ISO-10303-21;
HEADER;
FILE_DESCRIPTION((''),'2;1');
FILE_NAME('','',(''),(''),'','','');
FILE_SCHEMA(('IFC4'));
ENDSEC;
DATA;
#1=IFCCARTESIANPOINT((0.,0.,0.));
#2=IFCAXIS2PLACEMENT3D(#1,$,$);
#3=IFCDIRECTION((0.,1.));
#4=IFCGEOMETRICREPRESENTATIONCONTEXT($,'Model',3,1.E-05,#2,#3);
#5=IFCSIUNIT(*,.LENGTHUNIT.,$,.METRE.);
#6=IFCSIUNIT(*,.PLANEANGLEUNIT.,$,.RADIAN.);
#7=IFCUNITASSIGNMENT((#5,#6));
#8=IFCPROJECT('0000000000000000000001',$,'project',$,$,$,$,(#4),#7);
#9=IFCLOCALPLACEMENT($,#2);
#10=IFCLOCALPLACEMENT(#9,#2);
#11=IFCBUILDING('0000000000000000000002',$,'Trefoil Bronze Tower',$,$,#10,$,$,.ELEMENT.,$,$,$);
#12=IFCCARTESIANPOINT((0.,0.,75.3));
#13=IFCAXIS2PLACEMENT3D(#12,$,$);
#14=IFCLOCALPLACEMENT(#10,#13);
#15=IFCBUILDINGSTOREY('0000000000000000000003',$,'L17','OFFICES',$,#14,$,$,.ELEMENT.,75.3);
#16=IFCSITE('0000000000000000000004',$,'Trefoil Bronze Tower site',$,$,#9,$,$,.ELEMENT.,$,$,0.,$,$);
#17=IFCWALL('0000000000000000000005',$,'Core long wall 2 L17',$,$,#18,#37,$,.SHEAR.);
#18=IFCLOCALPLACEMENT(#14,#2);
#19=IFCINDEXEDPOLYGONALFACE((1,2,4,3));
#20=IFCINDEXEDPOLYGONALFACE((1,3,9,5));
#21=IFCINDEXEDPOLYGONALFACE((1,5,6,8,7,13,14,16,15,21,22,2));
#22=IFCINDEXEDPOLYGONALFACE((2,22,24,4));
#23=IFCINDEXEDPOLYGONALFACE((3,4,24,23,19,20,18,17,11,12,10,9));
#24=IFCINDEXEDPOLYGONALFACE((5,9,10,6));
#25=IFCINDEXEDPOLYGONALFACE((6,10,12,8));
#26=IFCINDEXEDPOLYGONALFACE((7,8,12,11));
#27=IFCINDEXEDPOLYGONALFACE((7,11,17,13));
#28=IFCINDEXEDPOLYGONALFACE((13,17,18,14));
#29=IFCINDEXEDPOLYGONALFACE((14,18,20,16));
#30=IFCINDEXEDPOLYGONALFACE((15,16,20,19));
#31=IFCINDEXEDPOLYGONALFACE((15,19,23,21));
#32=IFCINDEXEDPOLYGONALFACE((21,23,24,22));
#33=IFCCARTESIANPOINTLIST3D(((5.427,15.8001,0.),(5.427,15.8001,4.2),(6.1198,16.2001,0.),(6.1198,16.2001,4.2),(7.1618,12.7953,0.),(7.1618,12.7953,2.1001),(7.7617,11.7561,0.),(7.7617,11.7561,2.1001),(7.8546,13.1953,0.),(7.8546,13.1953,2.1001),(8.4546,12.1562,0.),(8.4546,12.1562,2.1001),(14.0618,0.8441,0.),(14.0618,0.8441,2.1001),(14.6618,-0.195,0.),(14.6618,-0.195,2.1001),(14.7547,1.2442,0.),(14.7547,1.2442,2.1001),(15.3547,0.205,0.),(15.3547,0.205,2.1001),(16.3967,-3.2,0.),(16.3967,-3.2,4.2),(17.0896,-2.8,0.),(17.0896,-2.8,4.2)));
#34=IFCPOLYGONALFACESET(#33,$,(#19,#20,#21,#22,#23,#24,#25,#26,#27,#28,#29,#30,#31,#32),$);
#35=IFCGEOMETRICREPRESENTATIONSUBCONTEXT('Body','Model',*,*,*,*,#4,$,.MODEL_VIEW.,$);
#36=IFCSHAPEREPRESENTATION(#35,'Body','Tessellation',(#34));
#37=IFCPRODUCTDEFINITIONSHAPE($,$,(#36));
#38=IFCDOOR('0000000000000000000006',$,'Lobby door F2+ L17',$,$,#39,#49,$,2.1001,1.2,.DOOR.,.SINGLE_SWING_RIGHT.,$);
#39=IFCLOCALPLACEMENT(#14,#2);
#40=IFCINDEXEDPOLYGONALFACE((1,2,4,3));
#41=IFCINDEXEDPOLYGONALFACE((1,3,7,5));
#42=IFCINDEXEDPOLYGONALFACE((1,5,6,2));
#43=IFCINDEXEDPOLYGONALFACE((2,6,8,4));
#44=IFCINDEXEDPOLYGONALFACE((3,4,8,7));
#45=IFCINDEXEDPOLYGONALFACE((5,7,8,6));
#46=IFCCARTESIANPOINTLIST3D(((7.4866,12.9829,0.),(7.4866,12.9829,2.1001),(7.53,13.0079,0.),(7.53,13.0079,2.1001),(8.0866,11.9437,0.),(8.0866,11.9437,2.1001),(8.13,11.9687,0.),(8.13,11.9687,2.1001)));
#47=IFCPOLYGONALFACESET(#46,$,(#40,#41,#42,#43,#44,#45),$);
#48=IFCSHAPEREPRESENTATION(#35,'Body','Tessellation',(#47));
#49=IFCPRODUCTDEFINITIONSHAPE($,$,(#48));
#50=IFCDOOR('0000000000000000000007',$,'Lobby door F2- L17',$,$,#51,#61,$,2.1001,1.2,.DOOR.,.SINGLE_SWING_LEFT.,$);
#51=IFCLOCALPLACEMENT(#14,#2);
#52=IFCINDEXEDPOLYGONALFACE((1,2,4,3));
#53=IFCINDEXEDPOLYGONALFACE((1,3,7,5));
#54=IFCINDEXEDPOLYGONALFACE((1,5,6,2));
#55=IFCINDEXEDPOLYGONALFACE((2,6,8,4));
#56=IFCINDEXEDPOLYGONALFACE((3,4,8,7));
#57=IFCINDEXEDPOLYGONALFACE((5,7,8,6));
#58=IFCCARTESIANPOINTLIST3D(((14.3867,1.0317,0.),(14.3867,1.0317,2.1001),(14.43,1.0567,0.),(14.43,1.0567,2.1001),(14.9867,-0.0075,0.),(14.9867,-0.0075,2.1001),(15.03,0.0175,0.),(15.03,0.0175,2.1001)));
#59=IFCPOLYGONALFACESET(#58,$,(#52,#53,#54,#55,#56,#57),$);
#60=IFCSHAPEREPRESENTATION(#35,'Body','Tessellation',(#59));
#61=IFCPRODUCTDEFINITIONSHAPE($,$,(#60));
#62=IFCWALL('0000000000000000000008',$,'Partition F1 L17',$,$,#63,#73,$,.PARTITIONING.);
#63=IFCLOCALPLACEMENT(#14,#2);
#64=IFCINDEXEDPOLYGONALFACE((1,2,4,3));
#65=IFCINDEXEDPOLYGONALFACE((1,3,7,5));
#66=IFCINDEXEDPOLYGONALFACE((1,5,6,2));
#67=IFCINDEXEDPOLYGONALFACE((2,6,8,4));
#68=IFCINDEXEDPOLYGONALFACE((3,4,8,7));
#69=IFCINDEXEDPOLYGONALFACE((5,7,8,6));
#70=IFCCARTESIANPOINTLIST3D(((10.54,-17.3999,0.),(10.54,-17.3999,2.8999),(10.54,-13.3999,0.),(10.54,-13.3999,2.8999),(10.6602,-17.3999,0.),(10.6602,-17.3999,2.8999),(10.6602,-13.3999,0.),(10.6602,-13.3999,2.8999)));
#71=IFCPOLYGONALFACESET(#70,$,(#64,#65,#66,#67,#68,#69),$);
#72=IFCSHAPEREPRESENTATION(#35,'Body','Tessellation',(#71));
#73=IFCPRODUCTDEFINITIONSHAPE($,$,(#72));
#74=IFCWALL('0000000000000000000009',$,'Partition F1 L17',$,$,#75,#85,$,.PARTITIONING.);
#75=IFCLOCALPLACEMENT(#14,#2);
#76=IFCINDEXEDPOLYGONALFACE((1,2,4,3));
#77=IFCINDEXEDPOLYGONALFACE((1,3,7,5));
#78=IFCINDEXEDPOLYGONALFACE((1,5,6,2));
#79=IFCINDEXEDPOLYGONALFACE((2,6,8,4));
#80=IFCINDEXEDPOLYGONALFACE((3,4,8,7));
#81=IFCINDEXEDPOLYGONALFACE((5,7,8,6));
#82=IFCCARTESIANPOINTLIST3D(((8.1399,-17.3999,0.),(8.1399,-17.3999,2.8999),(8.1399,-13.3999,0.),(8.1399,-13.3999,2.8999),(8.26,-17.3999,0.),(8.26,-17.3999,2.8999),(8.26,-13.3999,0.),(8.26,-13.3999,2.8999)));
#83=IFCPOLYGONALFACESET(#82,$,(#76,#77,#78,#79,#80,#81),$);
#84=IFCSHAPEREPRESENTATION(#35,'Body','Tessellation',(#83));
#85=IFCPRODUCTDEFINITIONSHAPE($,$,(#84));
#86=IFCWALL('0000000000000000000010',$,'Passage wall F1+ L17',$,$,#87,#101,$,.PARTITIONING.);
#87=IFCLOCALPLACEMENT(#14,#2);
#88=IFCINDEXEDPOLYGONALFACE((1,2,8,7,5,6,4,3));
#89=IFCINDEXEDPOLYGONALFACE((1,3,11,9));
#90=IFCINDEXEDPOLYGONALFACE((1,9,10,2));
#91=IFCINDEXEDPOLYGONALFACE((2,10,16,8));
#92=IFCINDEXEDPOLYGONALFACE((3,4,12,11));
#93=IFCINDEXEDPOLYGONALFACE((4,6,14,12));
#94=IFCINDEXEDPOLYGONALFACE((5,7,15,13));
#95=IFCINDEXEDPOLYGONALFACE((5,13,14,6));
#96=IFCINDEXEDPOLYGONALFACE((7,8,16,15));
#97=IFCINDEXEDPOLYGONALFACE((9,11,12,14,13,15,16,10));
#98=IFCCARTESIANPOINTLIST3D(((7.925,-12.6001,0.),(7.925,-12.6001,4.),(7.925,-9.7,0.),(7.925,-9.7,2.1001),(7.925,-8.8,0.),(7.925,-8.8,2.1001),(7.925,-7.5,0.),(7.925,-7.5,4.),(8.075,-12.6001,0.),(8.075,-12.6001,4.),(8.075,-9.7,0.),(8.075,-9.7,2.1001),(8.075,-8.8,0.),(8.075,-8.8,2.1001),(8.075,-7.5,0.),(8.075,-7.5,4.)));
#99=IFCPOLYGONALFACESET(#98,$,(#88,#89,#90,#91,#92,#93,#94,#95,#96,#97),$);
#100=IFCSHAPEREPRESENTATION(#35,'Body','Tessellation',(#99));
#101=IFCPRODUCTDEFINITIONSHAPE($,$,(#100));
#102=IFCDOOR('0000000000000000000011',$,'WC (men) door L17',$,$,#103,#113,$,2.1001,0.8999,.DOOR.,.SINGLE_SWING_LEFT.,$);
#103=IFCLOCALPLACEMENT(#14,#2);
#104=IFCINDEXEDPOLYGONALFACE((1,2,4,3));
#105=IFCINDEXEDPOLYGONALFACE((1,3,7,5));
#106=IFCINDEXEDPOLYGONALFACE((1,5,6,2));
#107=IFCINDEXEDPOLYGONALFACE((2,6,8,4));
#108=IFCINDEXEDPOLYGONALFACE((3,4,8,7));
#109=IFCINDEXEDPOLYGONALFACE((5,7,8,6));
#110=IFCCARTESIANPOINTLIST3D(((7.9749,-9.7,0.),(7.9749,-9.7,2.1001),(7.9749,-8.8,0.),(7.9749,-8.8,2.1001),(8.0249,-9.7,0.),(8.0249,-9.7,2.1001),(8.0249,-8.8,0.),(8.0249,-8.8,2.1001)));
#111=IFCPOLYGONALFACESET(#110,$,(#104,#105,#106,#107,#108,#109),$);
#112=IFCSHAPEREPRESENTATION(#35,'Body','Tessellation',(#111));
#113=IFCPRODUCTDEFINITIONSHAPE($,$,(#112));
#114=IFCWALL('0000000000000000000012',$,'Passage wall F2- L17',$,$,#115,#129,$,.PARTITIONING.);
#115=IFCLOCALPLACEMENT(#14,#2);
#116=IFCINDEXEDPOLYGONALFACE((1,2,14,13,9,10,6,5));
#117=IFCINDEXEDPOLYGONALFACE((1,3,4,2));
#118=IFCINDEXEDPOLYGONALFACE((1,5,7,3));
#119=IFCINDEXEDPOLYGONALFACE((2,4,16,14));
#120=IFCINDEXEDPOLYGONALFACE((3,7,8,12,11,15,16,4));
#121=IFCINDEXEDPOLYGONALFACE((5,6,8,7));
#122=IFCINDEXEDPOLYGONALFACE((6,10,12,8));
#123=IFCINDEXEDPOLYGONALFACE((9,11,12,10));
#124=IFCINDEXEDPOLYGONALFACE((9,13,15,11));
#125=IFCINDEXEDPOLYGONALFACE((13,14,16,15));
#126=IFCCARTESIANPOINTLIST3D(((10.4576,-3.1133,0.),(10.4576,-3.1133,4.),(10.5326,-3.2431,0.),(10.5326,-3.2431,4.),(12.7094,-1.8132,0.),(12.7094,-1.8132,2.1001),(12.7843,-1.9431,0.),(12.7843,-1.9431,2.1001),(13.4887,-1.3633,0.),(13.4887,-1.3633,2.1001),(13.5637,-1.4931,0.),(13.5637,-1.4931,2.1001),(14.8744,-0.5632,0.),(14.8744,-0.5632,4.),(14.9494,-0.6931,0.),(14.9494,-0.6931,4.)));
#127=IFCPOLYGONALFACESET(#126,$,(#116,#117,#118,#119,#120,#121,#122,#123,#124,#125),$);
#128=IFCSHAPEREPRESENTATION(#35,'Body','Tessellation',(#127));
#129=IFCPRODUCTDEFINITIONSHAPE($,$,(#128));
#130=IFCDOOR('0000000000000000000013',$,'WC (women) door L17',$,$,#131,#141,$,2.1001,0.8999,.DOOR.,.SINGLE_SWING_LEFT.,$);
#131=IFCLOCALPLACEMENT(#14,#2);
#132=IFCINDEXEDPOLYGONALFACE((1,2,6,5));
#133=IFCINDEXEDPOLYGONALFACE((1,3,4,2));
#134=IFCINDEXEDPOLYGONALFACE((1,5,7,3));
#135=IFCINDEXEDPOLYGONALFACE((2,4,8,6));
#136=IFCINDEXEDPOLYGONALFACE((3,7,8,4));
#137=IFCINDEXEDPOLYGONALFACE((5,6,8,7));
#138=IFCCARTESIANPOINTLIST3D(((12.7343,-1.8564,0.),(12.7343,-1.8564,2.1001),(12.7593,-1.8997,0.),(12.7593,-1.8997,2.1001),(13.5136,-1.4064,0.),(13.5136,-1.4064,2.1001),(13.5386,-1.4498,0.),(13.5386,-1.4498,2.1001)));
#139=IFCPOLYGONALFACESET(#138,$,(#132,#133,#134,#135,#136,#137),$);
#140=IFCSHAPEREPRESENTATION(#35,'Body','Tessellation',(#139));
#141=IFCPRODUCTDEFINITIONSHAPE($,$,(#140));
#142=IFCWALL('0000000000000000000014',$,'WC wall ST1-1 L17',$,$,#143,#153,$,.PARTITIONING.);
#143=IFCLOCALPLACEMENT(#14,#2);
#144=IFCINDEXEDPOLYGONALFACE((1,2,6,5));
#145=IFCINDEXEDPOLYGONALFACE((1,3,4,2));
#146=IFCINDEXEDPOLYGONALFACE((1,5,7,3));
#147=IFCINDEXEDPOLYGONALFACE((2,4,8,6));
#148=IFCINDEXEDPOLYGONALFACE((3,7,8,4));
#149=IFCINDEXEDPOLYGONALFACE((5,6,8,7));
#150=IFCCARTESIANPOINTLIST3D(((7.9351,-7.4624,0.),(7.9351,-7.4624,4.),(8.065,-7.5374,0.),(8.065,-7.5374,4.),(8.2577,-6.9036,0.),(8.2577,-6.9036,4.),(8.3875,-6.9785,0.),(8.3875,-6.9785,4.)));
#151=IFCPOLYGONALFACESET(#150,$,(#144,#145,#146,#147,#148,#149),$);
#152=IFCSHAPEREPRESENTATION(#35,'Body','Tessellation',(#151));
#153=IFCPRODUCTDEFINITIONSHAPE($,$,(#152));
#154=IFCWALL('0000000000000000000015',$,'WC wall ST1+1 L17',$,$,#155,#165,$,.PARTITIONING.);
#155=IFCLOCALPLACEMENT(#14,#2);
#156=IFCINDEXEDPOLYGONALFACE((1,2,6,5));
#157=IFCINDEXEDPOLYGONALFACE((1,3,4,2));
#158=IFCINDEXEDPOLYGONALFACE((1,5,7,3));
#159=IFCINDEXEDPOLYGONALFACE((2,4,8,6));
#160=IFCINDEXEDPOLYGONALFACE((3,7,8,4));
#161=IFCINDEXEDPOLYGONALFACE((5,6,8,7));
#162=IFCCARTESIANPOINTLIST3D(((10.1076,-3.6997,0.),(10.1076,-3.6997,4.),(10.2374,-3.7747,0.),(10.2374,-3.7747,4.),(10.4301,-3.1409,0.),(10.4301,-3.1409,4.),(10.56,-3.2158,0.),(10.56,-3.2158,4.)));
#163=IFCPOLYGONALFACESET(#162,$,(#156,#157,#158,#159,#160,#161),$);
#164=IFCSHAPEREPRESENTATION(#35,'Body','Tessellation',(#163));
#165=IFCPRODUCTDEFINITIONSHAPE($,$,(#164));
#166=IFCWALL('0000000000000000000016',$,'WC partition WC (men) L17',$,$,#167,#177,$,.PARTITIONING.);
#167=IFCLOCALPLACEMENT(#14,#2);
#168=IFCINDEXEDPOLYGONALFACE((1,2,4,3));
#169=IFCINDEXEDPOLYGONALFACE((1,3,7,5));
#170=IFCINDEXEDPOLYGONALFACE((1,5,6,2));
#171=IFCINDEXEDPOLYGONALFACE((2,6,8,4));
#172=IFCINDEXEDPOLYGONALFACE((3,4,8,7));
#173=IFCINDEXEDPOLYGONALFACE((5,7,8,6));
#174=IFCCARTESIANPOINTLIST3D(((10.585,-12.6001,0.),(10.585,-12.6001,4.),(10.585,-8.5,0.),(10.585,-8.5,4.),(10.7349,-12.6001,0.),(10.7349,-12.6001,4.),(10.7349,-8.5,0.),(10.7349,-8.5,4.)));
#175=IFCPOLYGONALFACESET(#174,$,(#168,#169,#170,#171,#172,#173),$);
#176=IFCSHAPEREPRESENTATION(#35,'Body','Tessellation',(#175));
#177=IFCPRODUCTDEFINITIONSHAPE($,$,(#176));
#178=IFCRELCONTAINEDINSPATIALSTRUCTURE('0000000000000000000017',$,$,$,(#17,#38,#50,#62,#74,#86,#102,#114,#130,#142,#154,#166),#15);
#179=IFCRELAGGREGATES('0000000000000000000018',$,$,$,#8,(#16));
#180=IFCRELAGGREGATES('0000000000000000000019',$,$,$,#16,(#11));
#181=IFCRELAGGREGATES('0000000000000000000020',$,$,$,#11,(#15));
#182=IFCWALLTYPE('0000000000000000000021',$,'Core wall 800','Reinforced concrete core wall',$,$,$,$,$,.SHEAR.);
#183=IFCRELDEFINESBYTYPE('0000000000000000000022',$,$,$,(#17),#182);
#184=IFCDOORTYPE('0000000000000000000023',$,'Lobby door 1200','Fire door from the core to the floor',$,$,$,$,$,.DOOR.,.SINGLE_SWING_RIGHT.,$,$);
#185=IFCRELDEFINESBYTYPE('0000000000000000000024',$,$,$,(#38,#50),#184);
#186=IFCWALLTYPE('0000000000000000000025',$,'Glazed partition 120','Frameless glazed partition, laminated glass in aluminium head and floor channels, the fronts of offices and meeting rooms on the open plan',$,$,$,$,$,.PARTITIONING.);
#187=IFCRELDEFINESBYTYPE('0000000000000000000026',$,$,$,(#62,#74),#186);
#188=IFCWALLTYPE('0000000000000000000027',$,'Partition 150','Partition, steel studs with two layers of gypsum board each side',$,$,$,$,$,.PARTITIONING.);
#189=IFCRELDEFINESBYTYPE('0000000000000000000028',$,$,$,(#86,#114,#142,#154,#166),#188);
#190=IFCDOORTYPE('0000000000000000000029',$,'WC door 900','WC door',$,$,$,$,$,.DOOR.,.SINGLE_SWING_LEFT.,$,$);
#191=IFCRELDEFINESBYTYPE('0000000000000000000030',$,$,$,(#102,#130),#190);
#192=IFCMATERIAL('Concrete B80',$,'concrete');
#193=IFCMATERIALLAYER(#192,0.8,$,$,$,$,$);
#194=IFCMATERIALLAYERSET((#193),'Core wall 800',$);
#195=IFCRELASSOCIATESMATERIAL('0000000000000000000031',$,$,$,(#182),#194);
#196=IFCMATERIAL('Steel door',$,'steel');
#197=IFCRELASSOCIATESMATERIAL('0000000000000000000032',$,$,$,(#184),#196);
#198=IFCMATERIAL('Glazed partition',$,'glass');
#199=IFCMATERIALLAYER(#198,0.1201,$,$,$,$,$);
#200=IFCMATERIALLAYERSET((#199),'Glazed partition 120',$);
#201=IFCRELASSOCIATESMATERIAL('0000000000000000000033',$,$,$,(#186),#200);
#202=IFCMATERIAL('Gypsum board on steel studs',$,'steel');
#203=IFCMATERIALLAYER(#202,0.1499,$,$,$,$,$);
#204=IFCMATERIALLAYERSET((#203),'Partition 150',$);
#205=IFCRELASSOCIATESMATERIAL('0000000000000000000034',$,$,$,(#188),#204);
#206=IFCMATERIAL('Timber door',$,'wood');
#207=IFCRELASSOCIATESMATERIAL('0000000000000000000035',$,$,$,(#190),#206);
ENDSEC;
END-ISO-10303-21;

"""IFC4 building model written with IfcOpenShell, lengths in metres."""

from ifc_helpers import new_model, si_unit, direction, frame, frame_2d, origin, place, context, subcontext, project, spatial, rectangle, extrude, material, layer, layer_set, type_object, element, fill, save


model = new_model("IFC4")

# Units and contexts
model_context = context("Model", 3, precision=1e-05, world=origin(), true_north=direction((0.0, 1.0)))
body_context = subcontext(model_context, "Body", "Model", "MODEL_VIEW")
ifc_project = project(units=[si_unit("LENGTHUNIT", "METRE"), si_unit("PLANEANGLEUNIT", "RADIAN")], contexts=[model_context])

# Site, building, storey
site_placement = place(None, origin())
site = spatial("IfcSite", under=ifc_project, at=site_placement, Name="Trefoil Bronze Tower site", CompositionType="ELEMENT", RefElevation=0.0)
building_placement = place(site_placement, origin())
building = spatial("IfcBuilding", under=site, at=building_placement, Name="Trefoil Bronze Tower", CompositionType="ELEMENT")
storey_placement = place(building_placement, frame((0.0, 0.0, 75.3)))
storey = spatial("IfcBuildingStorey", under=building, at=storey_placement, Name="L17", Description="OFFICES", CompositionType="ELEMENT", Elevation=75.3)

# Shared definitions
ifc_material_1 = material(Name="Concrete B80", Category="concrete")
ifc_layer_1 = layer(ifc_material_1, 0.8)
ifc_layer_set_1 = layer_set([ifc_layer_1], Name="Core wall 800")
wall_type_1 = type_object("IfcWallType", Name="Core wall 800", Description="Reinforced concrete core wall", PredefinedType="SHEAR", material=ifc_layer_set_1)

# Wall, openings, doors
wall_1_placement = place(storey_placement, frame((16.7432, -3.0, 0.0), z_axis=(0.0, 0.0, 1.0), x_axis=(-0.500002, 0.866024, 0.0)))
wall_1 = element("IfcWall", 1, at=wall_1_placement, inside=storey, type_object=wall_type_1, Name="Core long wall 2 L17", PredefinedType="SHEAR", context=body_context, shape_type="SweptSolid", body=[
    extrude(rectangle(XDim=21.9395, YDim=0.8, at=frame_2d((10.9697, 0.0))), origin(), (0.0, 0.0, 1.0), 4.2),
])
opening_1_placement = place(wall_1_placement, frame((17.2698, 0.0, 0.0)))
opening_1 = element("IfcOpeningElement", 2, at=opening_1_placement, cuts=wall_1, PredefinedType="OPENING", context=body_context, shape_type="SweptSolid", body=[
    extrude(rectangle(XDim=1.2, YDim=2.1001, at=frame_2d((0.6001, 1.05))), frame((0.0, 0.4099, 0.0), z_axis=(0.0, -1.0, 0.0), x_axis=(1.0, 0.0, 0.0)), (0.0, 0.0, 1.0), 0.8201),
])
opening_2_placement = place(wall_1_placement, frame((3.4697, 0.0, 0.0)))
opening_2 = element("IfcOpeningElement", 3, at=opening_2_placement, cuts=wall_1, PredefinedType="OPENING", context=body_context, shape_type="SweptSolid", body=[
    extrude(rectangle(XDim=1.2, YDim=2.1001, at=frame_2d((0.6001, 1.05))), frame((0.0, 0.4099, 0.0), z_axis=(0.0, -1.0, 0.0), x_axis=(1.0, 0.0, 0.0)), (0.0, 0.0, 1.0), 0.8201),
])
ifc_material_2 = material(Name="Steel door", Category="steel")
door_type_1 = type_object("IfcDoorType", Name="Lobby door 1200", Description="Fire door from the core to the floor", OperationType="SINGLE_SWING_RIGHT", PredefinedType="DOOR", material=ifc_material_2)
door_1_placement = place(opening_1_placement, origin())
door_1 = element("IfcDoor", 4, at=door_1_placement, inside=storey, type_object=door_type_1, Name="Lobby door F2+ L17", OperationType="SINGLE_SWING_RIGHT", OverallHeight=2.1001, OverallWidth=1.2, PredefinedType="DOOR", context=body_context, shape_type="SweptSolid", body=[
    extrude(rectangle(XDim=1.2, YDim=2.1001, at=frame_2d((0.6001, 1.05))), frame((0.0, 0.0249, 0.0), z_axis=(0.0, -1.0, 0.0), x_axis=(1.0, 0.0, 0.0)), (0.0, 0.0, 1.0), 0.05),
])
fill(opening_1, door_1)
door_2_placement = place(opening_2_placement, origin())
door_2 = element("IfcDoor", 5, at=door_2_placement, inside=storey, type_object=door_type_1, Name="Lobby door F2- L17", OperationType="SINGLE_SWING_LEFT", OverallHeight=2.1001, OverallWidth=1.2, PredefinedType="DOOR", context=body_context, shape_type="SweptSolid", body=[
    extrude(rectangle(XDim=1.2, YDim=2.1001, at=frame_2d((0.6001, 1.05))), frame((0.0, 0.0249, 0.0), z_axis=(0.0, -1.0, 0.0), x_axis=(1.0, 0.0, 0.0)), (0.0, 0.0, 1.0), 0.05),
])
fill(opening_2, door_2)

# Walls
ifc_material_3 = material(Name="Glazed partition", Category="glass")
ifc_layer_2 = layer(ifc_material_3, 0.1201)
ifc_layer_set_2 = layer_set([ifc_layer_2], Name="Glazed partition 120")
wall_type_2 = type_object("IfcWallType", Name="Glazed partition 120", Description="Frameless glazed partition, laminated glass in aluminium head and floor channels, the fronts of offices and meeting rooms on the open plan", PredefinedType="PARTITIONING", material=ifc_layer_set_2)
for number, where, z_axis, x_axis, name in (
    (6, (10.6001, -13.3999, 0.0), (0.0, 0.0, 1.0), (0.0, -1.0, 0.0), "Partition F1 L17"),
    (7, (8.2, -13.3999, 0.0), (0.0, 0.0, 1.0), (0.0, -1.0, 0.0), "Partition F1 L17"),
):
    element("IfcWall", number, at=place(storey_placement, frame(where, z_axis=z_axis, x_axis=x_axis)), inside=storey, type_object=wall_type_2, Name=name, PredefinedType="PARTITIONING", context=body_context, shape_type="SweptSolid", body=[
        extrude(rectangle(XDim=4.0, YDim=0.1201, at=frame_2d((2.0, 0.0))), origin(), (0.0, 0.0, 1.0), 2.8999),
    ])

# Walls, openings, doors
ifc_material_4 = material(Name="Gypsum board on steel studs", Category="steel")
ifc_layer_3 = layer(ifc_material_4, 0.1499)
ifc_layer_set_3 = layer_set([ifc_layer_3], Name="Partition 150")
wall_type_3 = type_object("IfcWallType", Name="Partition 150", Description="Partition, steel studs with two layers of gypsum board each side", PredefinedType="PARTITIONING", material=ifc_layer_set_3)
wall_2_placement = place(storey_placement, frame((8.0, -7.5, 0.0), z_axis=(0.0, 0.0, 1.0), x_axis=(0.0, -1.0, 0.0)))
wall_2 = element("IfcWall", 8, at=wall_2_placement, inside=storey, type_object=wall_type_3, Name="Passage wall F1+ L17", PredefinedType="PARTITIONING", context=body_context, shape_type="SweptSolid", body=[
    extrude(rectangle(XDim=5.1001, YDim=0.1499, at=frame_2d((2.55, 0.0))), origin(), (0.0, 0.0, 1.0), 4.0),
])
opening_3_placement = place(wall_2_placement, frame((1.3, 0.0, 0.0)))
opening_3 = element("IfcOpeningElement", 9, at=opening_3_placement, cuts=wall_2, PredefinedType="OPENING", context=body_context, shape_type="SweptSolid", body=[
    extrude(rectangle(XDim=0.8999, YDim=2.1001, at=frame_2d((0.45, 1.05))), frame((0.0, 0.085, 0.0), z_axis=(0.0, -1.0, 0.0), x_axis=(1.0, 0.0, 0.0)), (0.0, 0.0, 1.0), 0.1699),
])
ifc_material_5 = material(Name="Timber door", Category="wood")
door_type_2 = type_object("IfcDoorType", Name="WC door 900", Description="WC door", OperationType="SINGLE_SWING_LEFT", PredefinedType="DOOR", material=ifc_material_5)
door_3_placement = place(opening_3_placement, origin())
door_3 = element("IfcDoor", 10, at=door_3_placement, inside=storey, type_object=door_type_2, Name="WC (men) door L17", OperationType="SINGLE_SWING_LEFT", OverallHeight=2.1001, OverallWidth=0.8999, PredefinedType="DOOR", context=body_context, shape_type="SweptSolid", body=[
    extrude(rectangle(XDim=0.8999, YDim=2.1001, at=frame_2d((0.45, 1.05))), frame((0.0, 0.0249, 0.0), z_axis=(0.0, -1.0, 0.0), x_axis=(1.0, 0.0, 0.0)), (0.0, 0.0, 1.0), 0.05),
])
fill(opening_3, door_3)
wall_3_placement = place(storey_placement, frame((10.4951, -3.1782, 0.0), z_axis=(0.0, 0.0, 1.0), x_axis=(0.866022, 0.500006, 0.0)))
wall_3 = element("IfcWall", 11, at=wall_3_placement, inside=storey, type_object=wall_type_3, Name="Passage wall F2- L17", PredefinedType="PARTITIONING", context=body_context, shape_type="SweptSolid", body=[
    extrude(rectangle(XDim=5.1001, YDim=0.1499, at=frame_2d((2.55, 0.0))), origin(), (0.0, 0.0, 1.0), 4.0),
])
opening_4_placement = place(wall_3_placement, frame((2.6001, 0.0, 0.0)))
opening_4 = element("IfcOpeningElement", 12, at=opening_4_placement, cuts=wall_3, PredefinedType="OPENING", context=body_context, shape_type="SweptSolid", body=[
    extrude(rectangle(XDim=0.8999, YDim=2.1001, at=frame_2d((0.45, 1.05))), frame((0.0, 0.085, 0.0), z_axis=(0.0, -1.0, 0.0), x_axis=(1.0, 0.0, 0.0)), (0.0, 0.0, 1.0), 0.1699),
])
door_4_placement = place(opening_4_placement, frame((0.8999, 0.0, 0.0), z_axis=(0.0, 0.0, 1.0), x_axis=(-1.0, 0.0, 0.0)))
door_4 = element("IfcDoor", 13, at=door_4_placement, inside=storey, type_object=door_type_2, Name="WC (women) door L17", OperationType="SINGLE_SWING_LEFT", OverallHeight=2.1001, OverallWidth=0.8999, PredefinedType="DOOR", context=body_context, shape_type="SweptSolid", body=[
    extrude(rectangle(XDim=0.8999, YDim=2.1001, at=frame_2d((0.45, 1.05))), frame((0.0, 0.0249, 0.0), z_axis=(0.0, -1.0, 0.0), x_axis=(1.0, 0.0, 0.0)), (0.0, 0.0, 1.0), 0.05),
])
fill(opening_4, door_4)

# Walls
for number, where, z_axis, x_axis, name in (
    (14, (8.0, -7.5, 0.0), (0.0, 0.0, 1.0), (0.499843, 0.866116, 0.0), "WC wall ST1-1 L17"),
    (15, (10.4951, -3.1782, 0.0), (0.0, 0.0, 1.0), (-0.499843, -0.866116, 0.0), "WC wall ST1+1 L17"),
):
    element("IfcWall", number, at=place(storey_placement, frame(where, z_axis=z_axis, x_axis=x_axis)), inside=storey, type_object=wall_type_3, Name=name, PredefinedType="PARTITIONING", context=body_context, shape_type="SweptSolid", body=[
        extrude(rectangle(XDim=0.6453, YDim=0.1499, at=frame_2d((0.3228, 0.0))), origin(), (0.0, 0.0, 1.0), 4.0),
    ])
wall_4_placement = place(storey_placement, frame((10.6599, -8.5, 0.0), z_axis=(0.0, 0.0, 1.0), x_axis=(0.0, -1.0, 0.0)))
element("IfcWall", 16, at=wall_4_placement, inside=storey, type_object=wall_type_3, Name="WC partition WC (men) L17", PredefinedType="PARTITIONING", context=body_context, shape_type="SweptSolid", body=[
    extrude(rectangle(XDim=4.1001, YDim=0.1499, at=frame_2d((2.05, 0.0))), origin(), (0.0, 0.0, 1.0), 4.0),
])

save(model, "model.ifc")
